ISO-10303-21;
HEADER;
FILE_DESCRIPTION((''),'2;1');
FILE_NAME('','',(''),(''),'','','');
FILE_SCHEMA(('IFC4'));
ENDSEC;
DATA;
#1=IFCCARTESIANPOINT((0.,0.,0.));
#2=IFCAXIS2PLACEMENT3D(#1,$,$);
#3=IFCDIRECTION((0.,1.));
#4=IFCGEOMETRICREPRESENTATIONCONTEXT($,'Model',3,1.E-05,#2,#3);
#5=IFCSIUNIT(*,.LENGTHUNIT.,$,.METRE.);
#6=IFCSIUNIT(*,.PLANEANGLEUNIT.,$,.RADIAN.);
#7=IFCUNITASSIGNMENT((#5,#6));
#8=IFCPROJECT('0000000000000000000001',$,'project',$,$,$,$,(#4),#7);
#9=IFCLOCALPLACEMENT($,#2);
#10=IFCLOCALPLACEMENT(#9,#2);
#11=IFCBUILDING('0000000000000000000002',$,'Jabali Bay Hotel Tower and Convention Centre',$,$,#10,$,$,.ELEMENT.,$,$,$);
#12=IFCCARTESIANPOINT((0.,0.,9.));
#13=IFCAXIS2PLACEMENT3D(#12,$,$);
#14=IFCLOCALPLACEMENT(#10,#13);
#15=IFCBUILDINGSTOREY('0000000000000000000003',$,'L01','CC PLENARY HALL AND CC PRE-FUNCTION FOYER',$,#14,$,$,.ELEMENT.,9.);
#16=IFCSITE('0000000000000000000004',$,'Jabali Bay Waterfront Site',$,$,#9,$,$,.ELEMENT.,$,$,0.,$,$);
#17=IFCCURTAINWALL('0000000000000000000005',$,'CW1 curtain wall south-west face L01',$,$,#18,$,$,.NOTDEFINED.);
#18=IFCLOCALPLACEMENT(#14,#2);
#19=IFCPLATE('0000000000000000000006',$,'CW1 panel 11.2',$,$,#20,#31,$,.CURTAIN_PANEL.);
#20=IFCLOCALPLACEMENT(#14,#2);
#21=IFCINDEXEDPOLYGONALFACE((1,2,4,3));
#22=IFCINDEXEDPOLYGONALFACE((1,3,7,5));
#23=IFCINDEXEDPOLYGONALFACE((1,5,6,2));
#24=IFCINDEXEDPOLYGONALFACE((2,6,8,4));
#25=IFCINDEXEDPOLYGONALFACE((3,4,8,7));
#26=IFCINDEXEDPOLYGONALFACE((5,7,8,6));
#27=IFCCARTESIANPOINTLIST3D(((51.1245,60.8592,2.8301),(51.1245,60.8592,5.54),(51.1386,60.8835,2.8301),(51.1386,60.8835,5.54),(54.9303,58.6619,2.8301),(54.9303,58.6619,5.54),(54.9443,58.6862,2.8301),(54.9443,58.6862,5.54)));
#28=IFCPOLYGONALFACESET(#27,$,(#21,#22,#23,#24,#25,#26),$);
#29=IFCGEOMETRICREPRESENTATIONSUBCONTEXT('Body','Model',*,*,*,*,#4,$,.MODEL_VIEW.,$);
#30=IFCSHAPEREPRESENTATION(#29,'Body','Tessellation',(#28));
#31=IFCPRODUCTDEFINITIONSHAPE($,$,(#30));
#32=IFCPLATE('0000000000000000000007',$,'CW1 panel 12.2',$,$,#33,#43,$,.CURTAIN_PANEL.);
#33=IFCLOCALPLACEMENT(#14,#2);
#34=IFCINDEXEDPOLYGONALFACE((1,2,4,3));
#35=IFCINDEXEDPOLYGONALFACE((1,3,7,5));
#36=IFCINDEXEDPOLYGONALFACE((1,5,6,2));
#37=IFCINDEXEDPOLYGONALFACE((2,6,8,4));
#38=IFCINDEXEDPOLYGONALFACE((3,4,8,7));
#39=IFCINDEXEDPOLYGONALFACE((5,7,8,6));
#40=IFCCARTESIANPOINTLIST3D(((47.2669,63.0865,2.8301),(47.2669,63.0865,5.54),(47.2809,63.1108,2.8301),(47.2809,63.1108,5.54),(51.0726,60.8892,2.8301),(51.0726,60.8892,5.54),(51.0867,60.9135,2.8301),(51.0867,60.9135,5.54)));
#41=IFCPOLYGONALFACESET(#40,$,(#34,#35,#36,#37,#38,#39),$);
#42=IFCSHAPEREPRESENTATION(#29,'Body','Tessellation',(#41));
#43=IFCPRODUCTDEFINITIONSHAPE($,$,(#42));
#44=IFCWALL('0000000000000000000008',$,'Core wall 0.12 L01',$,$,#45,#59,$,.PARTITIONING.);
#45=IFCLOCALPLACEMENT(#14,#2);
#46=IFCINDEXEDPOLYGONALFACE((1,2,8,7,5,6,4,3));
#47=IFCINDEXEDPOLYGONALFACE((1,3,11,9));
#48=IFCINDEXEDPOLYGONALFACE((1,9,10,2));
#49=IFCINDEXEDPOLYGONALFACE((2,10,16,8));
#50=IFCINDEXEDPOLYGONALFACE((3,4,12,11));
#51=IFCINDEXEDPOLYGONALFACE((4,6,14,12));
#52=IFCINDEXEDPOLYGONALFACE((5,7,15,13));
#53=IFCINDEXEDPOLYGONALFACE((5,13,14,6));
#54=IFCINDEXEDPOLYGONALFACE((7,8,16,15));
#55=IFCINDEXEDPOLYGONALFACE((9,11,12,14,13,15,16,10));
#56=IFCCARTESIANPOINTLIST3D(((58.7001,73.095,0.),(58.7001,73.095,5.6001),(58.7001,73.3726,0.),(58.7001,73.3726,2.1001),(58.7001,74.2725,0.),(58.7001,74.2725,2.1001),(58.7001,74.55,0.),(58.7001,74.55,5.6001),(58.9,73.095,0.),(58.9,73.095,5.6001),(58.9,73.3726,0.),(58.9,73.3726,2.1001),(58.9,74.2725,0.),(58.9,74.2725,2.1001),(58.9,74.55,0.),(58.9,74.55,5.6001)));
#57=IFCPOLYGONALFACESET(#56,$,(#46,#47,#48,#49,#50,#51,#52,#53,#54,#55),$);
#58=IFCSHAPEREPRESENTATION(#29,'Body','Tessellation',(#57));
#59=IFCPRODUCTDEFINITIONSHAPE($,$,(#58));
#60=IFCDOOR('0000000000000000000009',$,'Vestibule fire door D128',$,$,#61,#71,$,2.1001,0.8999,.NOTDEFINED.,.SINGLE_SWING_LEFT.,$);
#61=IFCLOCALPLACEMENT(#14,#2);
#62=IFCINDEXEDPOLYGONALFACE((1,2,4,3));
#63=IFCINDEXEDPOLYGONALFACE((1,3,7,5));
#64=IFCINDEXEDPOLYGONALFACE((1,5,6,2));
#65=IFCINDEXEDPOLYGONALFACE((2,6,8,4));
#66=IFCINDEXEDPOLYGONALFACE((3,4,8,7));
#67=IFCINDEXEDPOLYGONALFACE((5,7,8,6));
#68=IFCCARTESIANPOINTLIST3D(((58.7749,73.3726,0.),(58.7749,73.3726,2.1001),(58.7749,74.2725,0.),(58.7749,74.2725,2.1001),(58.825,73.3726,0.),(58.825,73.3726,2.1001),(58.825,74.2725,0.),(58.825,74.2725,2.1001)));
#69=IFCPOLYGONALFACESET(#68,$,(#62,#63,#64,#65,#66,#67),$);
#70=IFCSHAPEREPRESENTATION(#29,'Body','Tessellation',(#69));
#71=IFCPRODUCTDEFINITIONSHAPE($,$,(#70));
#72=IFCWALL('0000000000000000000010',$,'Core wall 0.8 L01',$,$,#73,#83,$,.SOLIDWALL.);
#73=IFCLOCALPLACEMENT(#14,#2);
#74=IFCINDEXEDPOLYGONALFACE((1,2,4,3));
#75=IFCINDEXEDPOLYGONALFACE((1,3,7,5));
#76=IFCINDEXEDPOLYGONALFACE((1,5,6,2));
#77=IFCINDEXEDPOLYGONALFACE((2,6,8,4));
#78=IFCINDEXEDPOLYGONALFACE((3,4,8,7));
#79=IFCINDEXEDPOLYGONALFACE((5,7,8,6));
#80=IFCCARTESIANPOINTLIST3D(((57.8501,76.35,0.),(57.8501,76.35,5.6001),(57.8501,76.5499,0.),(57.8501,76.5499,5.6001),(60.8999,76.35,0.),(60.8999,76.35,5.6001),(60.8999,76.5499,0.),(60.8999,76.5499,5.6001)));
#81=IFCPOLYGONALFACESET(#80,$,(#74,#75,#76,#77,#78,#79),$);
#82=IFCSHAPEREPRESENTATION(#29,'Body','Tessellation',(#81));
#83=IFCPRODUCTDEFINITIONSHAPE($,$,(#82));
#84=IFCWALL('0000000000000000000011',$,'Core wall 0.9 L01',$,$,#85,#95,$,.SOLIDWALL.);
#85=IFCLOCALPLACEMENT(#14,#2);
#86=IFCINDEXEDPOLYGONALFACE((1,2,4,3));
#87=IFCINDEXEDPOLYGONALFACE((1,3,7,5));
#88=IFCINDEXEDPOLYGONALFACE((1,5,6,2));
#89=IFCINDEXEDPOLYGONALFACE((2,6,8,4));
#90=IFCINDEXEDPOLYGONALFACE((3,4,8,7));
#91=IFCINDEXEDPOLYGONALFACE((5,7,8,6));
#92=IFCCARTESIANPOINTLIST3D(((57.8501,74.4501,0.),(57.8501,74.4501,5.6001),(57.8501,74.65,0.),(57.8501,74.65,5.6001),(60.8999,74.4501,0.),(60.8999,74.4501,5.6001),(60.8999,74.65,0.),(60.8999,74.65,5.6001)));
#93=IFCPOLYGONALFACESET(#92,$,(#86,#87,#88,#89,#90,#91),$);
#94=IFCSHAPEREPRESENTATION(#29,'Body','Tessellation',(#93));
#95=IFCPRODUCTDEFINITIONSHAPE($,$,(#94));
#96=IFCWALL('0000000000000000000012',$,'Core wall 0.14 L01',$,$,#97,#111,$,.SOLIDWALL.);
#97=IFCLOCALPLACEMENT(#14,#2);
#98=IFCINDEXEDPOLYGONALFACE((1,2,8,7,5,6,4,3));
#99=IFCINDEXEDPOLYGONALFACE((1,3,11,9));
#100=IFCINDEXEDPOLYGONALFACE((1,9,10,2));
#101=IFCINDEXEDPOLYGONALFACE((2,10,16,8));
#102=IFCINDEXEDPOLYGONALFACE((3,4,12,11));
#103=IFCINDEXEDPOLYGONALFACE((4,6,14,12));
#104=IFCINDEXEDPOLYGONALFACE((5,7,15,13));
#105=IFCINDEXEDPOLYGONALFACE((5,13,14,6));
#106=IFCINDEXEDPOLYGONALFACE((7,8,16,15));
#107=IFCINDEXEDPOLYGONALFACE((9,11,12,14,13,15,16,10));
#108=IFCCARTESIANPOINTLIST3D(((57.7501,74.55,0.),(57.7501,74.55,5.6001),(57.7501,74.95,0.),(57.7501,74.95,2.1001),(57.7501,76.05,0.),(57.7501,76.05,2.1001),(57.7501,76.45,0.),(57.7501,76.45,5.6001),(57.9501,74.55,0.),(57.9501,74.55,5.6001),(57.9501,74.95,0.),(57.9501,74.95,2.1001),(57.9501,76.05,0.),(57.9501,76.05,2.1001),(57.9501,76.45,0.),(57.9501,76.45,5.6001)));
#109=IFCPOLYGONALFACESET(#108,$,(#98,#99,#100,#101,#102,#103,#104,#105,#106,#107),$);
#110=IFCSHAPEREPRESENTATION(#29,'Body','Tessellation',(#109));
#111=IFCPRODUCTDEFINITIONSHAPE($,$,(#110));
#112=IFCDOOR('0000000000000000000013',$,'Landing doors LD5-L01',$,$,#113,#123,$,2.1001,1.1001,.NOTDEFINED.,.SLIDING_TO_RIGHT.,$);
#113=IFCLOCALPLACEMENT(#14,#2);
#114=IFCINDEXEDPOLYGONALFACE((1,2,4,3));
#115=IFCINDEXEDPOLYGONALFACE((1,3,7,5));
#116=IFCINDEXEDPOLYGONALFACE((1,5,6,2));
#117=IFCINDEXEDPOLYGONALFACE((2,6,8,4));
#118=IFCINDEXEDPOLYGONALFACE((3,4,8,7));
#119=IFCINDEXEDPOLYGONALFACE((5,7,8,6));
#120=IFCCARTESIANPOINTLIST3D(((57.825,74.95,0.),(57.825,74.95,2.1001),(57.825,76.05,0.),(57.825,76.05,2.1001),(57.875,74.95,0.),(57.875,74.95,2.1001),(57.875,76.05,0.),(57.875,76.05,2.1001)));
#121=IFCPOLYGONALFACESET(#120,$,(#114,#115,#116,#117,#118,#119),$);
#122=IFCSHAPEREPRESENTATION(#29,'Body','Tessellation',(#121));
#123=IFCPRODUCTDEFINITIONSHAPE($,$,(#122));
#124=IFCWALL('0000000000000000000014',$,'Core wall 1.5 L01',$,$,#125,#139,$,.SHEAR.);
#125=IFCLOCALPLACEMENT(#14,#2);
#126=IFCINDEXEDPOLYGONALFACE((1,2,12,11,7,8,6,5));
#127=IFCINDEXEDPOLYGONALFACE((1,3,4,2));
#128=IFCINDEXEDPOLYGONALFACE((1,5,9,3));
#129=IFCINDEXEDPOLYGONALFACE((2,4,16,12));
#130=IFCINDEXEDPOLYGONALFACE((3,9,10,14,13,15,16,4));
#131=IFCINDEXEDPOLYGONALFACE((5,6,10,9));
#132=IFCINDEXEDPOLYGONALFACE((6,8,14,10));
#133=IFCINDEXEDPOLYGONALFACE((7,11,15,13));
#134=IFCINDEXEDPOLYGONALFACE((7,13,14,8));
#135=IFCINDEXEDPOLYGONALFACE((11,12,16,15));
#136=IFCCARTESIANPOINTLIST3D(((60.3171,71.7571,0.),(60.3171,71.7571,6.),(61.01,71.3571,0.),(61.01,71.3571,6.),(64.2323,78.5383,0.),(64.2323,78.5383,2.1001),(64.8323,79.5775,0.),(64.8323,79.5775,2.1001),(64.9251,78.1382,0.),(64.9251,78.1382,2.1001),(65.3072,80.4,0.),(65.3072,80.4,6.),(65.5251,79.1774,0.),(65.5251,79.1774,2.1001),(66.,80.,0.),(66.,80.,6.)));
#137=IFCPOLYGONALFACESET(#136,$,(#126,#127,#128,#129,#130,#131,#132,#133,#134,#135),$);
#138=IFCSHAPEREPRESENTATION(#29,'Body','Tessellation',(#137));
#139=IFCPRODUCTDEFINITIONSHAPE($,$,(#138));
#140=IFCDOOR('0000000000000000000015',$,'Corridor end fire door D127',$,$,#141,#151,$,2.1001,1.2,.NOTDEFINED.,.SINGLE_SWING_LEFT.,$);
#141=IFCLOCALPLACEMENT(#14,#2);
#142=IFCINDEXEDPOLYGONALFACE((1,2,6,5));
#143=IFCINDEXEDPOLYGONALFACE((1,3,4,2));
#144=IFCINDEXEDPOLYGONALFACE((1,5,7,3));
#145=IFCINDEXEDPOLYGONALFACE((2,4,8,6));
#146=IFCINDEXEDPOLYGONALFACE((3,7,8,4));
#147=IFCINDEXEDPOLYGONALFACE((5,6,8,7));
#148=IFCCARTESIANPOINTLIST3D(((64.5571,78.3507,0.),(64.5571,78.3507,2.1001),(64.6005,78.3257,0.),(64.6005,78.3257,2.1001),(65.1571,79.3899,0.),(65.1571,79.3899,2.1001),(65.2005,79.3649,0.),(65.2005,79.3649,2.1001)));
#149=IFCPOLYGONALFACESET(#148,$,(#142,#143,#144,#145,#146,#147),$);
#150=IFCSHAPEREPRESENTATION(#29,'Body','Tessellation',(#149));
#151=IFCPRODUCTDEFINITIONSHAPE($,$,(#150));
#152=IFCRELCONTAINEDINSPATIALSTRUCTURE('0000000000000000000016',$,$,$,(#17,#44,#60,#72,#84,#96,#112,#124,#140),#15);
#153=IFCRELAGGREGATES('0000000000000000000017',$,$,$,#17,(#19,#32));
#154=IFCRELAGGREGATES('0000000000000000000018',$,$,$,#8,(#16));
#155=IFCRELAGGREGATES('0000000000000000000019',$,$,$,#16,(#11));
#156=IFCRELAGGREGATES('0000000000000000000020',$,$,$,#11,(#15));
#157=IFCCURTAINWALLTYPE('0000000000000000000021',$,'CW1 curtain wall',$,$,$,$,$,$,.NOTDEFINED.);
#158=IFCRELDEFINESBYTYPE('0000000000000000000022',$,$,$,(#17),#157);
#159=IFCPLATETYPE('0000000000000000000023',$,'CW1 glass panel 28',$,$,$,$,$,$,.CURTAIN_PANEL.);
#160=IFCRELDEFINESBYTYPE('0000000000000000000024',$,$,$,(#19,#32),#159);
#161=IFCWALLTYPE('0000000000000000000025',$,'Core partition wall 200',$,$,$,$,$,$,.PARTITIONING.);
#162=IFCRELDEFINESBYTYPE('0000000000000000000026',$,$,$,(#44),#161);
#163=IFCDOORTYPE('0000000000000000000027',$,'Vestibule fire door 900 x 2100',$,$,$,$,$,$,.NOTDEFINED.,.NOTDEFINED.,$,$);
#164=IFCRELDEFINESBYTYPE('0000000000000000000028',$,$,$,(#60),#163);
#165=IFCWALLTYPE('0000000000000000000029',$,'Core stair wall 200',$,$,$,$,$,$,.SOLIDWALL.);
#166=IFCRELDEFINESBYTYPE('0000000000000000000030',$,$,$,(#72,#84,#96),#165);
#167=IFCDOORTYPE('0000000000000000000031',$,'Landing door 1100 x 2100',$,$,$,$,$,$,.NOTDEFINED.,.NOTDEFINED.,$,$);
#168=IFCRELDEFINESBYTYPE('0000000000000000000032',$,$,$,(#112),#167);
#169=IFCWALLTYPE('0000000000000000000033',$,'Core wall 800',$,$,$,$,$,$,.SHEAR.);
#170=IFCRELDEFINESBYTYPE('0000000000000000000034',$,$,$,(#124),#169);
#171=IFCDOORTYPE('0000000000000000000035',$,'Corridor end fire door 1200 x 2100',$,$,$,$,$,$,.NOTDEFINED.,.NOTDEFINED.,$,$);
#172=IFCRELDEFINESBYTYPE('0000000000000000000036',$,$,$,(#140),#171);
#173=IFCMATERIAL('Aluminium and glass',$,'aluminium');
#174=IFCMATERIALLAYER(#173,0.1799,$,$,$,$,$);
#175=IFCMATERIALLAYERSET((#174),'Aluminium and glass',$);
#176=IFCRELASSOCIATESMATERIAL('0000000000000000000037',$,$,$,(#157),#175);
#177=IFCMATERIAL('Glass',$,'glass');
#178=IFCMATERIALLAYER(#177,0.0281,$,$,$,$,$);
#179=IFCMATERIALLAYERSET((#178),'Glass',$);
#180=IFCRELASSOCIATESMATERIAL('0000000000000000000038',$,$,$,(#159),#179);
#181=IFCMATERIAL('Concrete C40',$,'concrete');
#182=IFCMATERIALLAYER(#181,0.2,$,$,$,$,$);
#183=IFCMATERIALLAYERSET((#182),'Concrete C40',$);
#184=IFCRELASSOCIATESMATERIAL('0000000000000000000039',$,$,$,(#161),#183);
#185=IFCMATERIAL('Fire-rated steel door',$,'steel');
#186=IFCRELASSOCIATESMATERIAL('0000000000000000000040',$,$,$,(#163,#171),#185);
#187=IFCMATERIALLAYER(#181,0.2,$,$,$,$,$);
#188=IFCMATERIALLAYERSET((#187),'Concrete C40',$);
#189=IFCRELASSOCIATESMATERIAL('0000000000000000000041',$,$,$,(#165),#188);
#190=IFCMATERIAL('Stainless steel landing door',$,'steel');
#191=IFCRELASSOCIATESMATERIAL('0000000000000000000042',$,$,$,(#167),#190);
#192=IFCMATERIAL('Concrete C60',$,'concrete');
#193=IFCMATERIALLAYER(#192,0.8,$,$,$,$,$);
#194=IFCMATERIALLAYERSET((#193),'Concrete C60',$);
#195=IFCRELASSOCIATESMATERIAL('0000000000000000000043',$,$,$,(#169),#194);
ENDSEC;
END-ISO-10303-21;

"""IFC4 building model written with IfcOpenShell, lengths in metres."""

from ifc_helpers import new_model, si_unit, direction, frame, frame_2d, origin, origin_2d, place, context, subcontext, project, spatial, rectangle, extrude, material, layer, layer_set, type_object, element, fill, aggregate, save


model = new_model("IFC4")

# Units and contexts
model_context = context("Model", 3, precision=1e-05, world=origin(), true_north=direction((0.0, 1.0)))
body_context = subcontext(model_context, "Body", "Model", "MODEL_VIEW")
ifc_project = project(units=[si_unit("LENGTHUNIT", "METRE"), si_unit("PLANEANGLEUNIT", "RADIAN")], contexts=[model_context])

# Site, building, storey
site_placement = place(None, origin())
site = spatial("IfcSite", under=ifc_project, at=site_placement, Name="Jabali Bay Waterfront Site", CompositionType="ELEMENT", RefElevation=0.0)
building_placement = place(site_placement, origin())
building = spatial("IfcBuilding", under=site, at=building_placement, Name="Jabali Bay Hotel Tower and Convention Centre", CompositionType="ELEMENT")
storey_placement = place(building_placement, frame((0.0, 0.0, 9.0)))
storey = spatial("IfcBuildingStorey", under=building, at=storey_placement, Name="L01", Description="CC PLENARY HALL AND CC PRE-FUNCTION FOYER", CompositionType="ELEMENT", Elevation=9.0)

# Shared definitions
ifc_material_1 = material(Name="Concrete C60", Category="concrete")

# Curtain wall, plates
ifc_material_2 = material(Name="Aluminium and glass", Category="aluminium")
ifc_layer_1 = layer(ifc_material_2, 0.1799)
ifc_layer_set_1 = layer_set([ifc_layer_1], Name="Aluminium and glass")
curtain_wall_type = type_object("IfcCurtainWallType", Name="CW1 curtain wall", PredefinedType="NOTDEFINED", material=ifc_layer_set_1)
curtain_wall_placement = place(storey_placement, origin())
curtain_wall = element("IfcCurtainWall", 1, at=curtain_wall_placement, inside=storey, type_object=curtain_wall_type, Name="CW1 curtain wall south-west face L01", PredefinedType="NOTDEFINED")
ifc_material_3 = material(Name="Glass", Category="glass")
ifc_layer_2 = layer(ifc_material_3, 0.0281)
ifc_layer_set_2 = layer_set([ifc_layer_2], Name="Glass")
plate_type = type_object("IfcPlateType", Name="CW1 glass panel 28", PredefinedType="CURTAIN_PANEL", material=ifc_layer_set_2)
plate_1_placement = place(storey_placement, frame((53.0344, 59.7727, 2.8301), z_axis=(0.0, 0.0, 1.0), x_axis=(-0.866025, 0.5, 0.0)))
plate_1 = element("IfcPlate", 2, at=plate_1_placement, type_object=plate_type, Name="CW1 panel 11.2", PredefinedType="CURTAIN_PANEL", context=body_context, shape_type="SweptSolid", body=[
    extrude(rectangle(XDim=4.3945, YDim=0.0281, at=origin_2d()), origin(), (0.0, 0.0, 1.0), 2.71),
])
plate_2_placement = place(storey_placement, frame((49.1768, 62.0, 2.8301), z_axis=(0.0, 0.0, 1.0), x_axis=(-0.866025, 0.5, 0.0)))
plate_2 = element("IfcPlate", 3, at=plate_2_placement, type_object=plate_type, Name="CW1 panel 12.2", PredefinedType="CURTAIN_PANEL", context=body_context, shape_type="SweptSolid", body=[
    extrude(rectangle(XDim=4.3945, YDim=0.0281, at=origin_2d()), origin(), (0.0, 0.0, 1.0), 2.71),
])
aggregate(curtain_wall, [plate_1, plate_2])

# Wall, opening, door
ifc_material_4 = material(Name="Concrete C40", Category="concrete")
ifc_layer_3 = layer(ifc_material_4, 0.2)
ifc_layer_set_3 = layer_set([ifc_layer_3], Name="Concrete C40")
wall_type_1 = type_object("IfcWallType", Name="Core partition wall 200", PredefinedType="PARTITIONING", material=ifc_layer_set_3)
wall_1_placement = place(storey_placement, frame((58.8, 74.55, 0.0), z_axis=(0.0, 0.0, 1.0), x_axis=(0.0, -1.0, 0.0)))
wall_1 = element("IfcWall", 4, at=wall_1_placement, inside=storey, type_object=wall_type_1, Name="Core wall 0.12 L01", PredefinedType="PARTITIONING", context=body_context, shape_type="SweptSolid", body=[
    extrude(rectangle(XDim=1.4551, YDim=0.2, at=frame_2d((0.7275, 0.0))), origin(), (0.0, 0.0, 1.0), 5.6001),
])
opening_1_placement = place(wall_1_placement, frame((0.2776, 0.0, 0.0)))
opening_1 = element("IfcOpeningElement", 5, at=opening_1_placement, cuts=wall_1, PredefinedType="OPENING", context=body_context, shape_type="SweptSolid", body=[
    extrude(rectangle(XDim=0.8999, YDim=2.1001, at=frame_2d((0.45, 1.05))), frame((0.0, 0.1104, 0.0), z_axis=(0.0, -1.0, 0.0), x_axis=(1.0, 0.0, 0.0)), (0.0, 0.0, 1.0), 0.2209),
])
ifc_material_5 = material(Name="Fire-rated steel door", Category="steel")
door_type_1 = type_object("IfcDoorType", Name="Vestibule fire door 900 x 2100", OperationType="NOTDEFINED", PredefinedType="NOTDEFINED", material=ifc_material_5)
door_1_placement = place(opening_1_placement, origin())
door_1 = element("IfcDoor", 6, at=door_1_placement, inside=storey, type_object=door_type_1, Name="Vestibule fire door D128", OperationType="SINGLE_SWING_LEFT", OverallHeight=2.1001, OverallWidth=0.8999, PredefinedType="NOTDEFINED", context=body_context, shape_type="SweptSolid", body=[
    extrude(rectangle(XDim=0.8999, YDim=2.1001, at=frame_2d((0.45, 1.05))), frame((0.0, 0.0249, 0.0), z_axis=(0.0, -1.0, 0.0), x_axis=(1.0, 0.0, 0.0)), (0.0, 0.0, 1.0), 0.05),
])
fill(opening_1, door_1)

# Walls
ifc_layer_4 = layer(ifc_material_4, 0.2)
ifc_layer_set_4 = layer_set([ifc_layer_4], Name="Concrete C40")
wall_type_2 = type_object("IfcWallType", Name="Core stair wall 200", PredefinedType="SOLIDWALL", material=ifc_layer_set_4)
for number, where, z_axis, x_axis, name in (
    (7, (60.8999, 76.45, 0.0), (0.0, 0.0, 1.0), (-1.0, 0.0, 0.0), "Core wall 0.8 L01"),
    (8, (60.8999, 74.55, 0.0), (0.0, 0.0, 1.0), (-1.0, 0.0, 0.0), "Core wall 0.9 L01"),
):
    element("IfcWall", number, at=place(storey_placement, frame(where, z_axis=z_axis, x_axis=x_axis)), inside=storey, type_object=wall_type_2, Name=name, PredefinedType="SOLIDWALL", context=body_context, shape_type="SweptSolid", body=[
        extrude(rectangle(XDim=3.0498, YDim=0.2, at=frame_2d((1.5249, 0.0))), origin(), (0.0, 0.0, 1.0), 5.6001),
    ])

# Walls, openings, doors
wall_2_placement = place(storey_placement, frame((57.8501, 76.45, 0.0), z_axis=(0.0, 0.0, 1.0), x_axis=(0.0, -1.0, 0.0)))
wall_2 = element("IfcWall", 9, at=wall_2_placement, inside=storey, type_object=wall_type_2, Name="Core wall 0.14 L01", PredefinedType="SOLIDWALL", context=body_context, shape_type="SweptSolid", body=[
    extrude(rectangle(XDim=1.8999, YDim=0.2, at=frame_2d((0.95, 0.0))), origin(), (0.0, 0.0, 1.0), 5.6001),
])
opening_2_placement = place(wall_2_placement, frame((0.3999, 0.0, 0.0)))
opening_2 = element("IfcOpeningElement", 10, at=opening_2_placement, cuts=wall_2, PredefinedType="OPENING", context=body_context, shape_type="SweptSolid", body=[
    extrude(rectangle(XDim=1.1001, YDim=2.1001, at=frame_2d((0.55, 1.05))), frame((0.0, 0.1104, 0.0), z_axis=(0.0, -1.0, 0.0), x_axis=(1.0, 0.0, 0.0)), (0.0, 0.0, 1.0), 0.2209),
])
ifc_material_6 = material(Name="Stainless steel landing door", Category="steel")
door_type_2 = type_object("IfcDoorType", Name="Landing door 1100 x 2100", OperationType="NOTDEFINED", PredefinedType="NOTDEFINED", material=ifc_material_6)
door_2_placement = place(opening_2_placement, origin())
door_2 = element("IfcDoor", 11, at=door_2_placement, inside=storey, type_object=door_type_2, Name="Landing doors LD5-L01", OperationType="SLIDING_TO_RIGHT", OverallHeight=2.1001, OverallWidth=1.1001, PredefinedType="NOTDEFINED", context=body_context, shape_type="SweptSolid", body=[
    extrude(rectangle(XDim=1.1001, YDim=2.1001, at=frame_2d((0.55, 1.05))), frame((0.0, 0.0249, 0.0), z_axis=(0.0, -1.0, 0.0), x_axis=(1.0, 0.0, 0.0)), (0.0, 0.0, 1.0), 0.05),
])
fill(opening_2, door_2)
ifc_layer_5 = layer(ifc_material_1, 0.8)
ifc_layer_set_5 = layer_set([ifc_layer_5], Name="Concrete C60")
wall_type_3 = type_object("IfcWallType", Name="Core wall 800", PredefinedType="SHEAR", material=ifc_layer_set_5)
wall_3_placement = place(storey_placement, frame((60.6636, 71.5571, 0.0), z_axis=(0.0, 0.0, 1.0), x_axis=(0.500004, 0.866023, 0.0)))
wall_3 = element("IfcWall", 12, at=wall_3_placement, inside=storey, type_object=wall_type_3, Name="Core wall 1.5 L01", PredefinedType="SHEAR", context=body_context, shape_type="SweptSolid", body=[
    extrude(rectangle(XDim=9.98, YDim=0.8, at=frame_2d((4.99, 0.0))), origin(), (0.0, 0.0, 1.0), 6.0),
])
opening_3_placement = place(wall_3_placement, frame((7.8301, 0.0, 0.0)))
opening_3 = element("IfcOpeningElement", 13, at=opening_3_placement, cuts=wall_3, PredefinedType="OPENING", context=body_context, shape_type="SweptSolid", body=[
    extrude(rectangle(XDim=1.2, YDim=2.1001, at=frame_2d((0.6001, 1.05))), frame((0.0, 0.4106, 0.0), z_axis=(0.0, -1.0, 0.0), x_axis=(1.0, 0.0, 0.0)), (0.0, 0.0, 1.0), 0.821),
])
door_type_3 = type_object("IfcDoorType", Name="Corridor end fire door 1200 x 2100", OperationType="NOTDEFINED", PredefinedType="NOTDEFINED", material=ifc_material_5)
door_3_placement = place(opening_3_placement, origin())
door_3 = element("IfcDoor", 14, at=door_3_placement, inside=storey, type_object=door_type_3, Name="Corridor end fire door D127", OperationType="SINGLE_SWING_LEFT", OverallHeight=2.1001, OverallWidth=1.2, PredefinedType="NOTDEFINED", context=body_context, shape_type="SweptSolid", body=[
    extrude(rectangle(XDim=1.2, YDim=2.1001, at=frame_2d((0.6001, 1.05))), frame((0.0, 0.0249, 0.0), z_axis=(0.0, -1.0, 0.0), x_axis=(1.0, 0.0, 0.0)), (0.0, 0.0, 1.0), 0.05),
])
fill(opening_3, door_3)

save(model, "model.ifc")
